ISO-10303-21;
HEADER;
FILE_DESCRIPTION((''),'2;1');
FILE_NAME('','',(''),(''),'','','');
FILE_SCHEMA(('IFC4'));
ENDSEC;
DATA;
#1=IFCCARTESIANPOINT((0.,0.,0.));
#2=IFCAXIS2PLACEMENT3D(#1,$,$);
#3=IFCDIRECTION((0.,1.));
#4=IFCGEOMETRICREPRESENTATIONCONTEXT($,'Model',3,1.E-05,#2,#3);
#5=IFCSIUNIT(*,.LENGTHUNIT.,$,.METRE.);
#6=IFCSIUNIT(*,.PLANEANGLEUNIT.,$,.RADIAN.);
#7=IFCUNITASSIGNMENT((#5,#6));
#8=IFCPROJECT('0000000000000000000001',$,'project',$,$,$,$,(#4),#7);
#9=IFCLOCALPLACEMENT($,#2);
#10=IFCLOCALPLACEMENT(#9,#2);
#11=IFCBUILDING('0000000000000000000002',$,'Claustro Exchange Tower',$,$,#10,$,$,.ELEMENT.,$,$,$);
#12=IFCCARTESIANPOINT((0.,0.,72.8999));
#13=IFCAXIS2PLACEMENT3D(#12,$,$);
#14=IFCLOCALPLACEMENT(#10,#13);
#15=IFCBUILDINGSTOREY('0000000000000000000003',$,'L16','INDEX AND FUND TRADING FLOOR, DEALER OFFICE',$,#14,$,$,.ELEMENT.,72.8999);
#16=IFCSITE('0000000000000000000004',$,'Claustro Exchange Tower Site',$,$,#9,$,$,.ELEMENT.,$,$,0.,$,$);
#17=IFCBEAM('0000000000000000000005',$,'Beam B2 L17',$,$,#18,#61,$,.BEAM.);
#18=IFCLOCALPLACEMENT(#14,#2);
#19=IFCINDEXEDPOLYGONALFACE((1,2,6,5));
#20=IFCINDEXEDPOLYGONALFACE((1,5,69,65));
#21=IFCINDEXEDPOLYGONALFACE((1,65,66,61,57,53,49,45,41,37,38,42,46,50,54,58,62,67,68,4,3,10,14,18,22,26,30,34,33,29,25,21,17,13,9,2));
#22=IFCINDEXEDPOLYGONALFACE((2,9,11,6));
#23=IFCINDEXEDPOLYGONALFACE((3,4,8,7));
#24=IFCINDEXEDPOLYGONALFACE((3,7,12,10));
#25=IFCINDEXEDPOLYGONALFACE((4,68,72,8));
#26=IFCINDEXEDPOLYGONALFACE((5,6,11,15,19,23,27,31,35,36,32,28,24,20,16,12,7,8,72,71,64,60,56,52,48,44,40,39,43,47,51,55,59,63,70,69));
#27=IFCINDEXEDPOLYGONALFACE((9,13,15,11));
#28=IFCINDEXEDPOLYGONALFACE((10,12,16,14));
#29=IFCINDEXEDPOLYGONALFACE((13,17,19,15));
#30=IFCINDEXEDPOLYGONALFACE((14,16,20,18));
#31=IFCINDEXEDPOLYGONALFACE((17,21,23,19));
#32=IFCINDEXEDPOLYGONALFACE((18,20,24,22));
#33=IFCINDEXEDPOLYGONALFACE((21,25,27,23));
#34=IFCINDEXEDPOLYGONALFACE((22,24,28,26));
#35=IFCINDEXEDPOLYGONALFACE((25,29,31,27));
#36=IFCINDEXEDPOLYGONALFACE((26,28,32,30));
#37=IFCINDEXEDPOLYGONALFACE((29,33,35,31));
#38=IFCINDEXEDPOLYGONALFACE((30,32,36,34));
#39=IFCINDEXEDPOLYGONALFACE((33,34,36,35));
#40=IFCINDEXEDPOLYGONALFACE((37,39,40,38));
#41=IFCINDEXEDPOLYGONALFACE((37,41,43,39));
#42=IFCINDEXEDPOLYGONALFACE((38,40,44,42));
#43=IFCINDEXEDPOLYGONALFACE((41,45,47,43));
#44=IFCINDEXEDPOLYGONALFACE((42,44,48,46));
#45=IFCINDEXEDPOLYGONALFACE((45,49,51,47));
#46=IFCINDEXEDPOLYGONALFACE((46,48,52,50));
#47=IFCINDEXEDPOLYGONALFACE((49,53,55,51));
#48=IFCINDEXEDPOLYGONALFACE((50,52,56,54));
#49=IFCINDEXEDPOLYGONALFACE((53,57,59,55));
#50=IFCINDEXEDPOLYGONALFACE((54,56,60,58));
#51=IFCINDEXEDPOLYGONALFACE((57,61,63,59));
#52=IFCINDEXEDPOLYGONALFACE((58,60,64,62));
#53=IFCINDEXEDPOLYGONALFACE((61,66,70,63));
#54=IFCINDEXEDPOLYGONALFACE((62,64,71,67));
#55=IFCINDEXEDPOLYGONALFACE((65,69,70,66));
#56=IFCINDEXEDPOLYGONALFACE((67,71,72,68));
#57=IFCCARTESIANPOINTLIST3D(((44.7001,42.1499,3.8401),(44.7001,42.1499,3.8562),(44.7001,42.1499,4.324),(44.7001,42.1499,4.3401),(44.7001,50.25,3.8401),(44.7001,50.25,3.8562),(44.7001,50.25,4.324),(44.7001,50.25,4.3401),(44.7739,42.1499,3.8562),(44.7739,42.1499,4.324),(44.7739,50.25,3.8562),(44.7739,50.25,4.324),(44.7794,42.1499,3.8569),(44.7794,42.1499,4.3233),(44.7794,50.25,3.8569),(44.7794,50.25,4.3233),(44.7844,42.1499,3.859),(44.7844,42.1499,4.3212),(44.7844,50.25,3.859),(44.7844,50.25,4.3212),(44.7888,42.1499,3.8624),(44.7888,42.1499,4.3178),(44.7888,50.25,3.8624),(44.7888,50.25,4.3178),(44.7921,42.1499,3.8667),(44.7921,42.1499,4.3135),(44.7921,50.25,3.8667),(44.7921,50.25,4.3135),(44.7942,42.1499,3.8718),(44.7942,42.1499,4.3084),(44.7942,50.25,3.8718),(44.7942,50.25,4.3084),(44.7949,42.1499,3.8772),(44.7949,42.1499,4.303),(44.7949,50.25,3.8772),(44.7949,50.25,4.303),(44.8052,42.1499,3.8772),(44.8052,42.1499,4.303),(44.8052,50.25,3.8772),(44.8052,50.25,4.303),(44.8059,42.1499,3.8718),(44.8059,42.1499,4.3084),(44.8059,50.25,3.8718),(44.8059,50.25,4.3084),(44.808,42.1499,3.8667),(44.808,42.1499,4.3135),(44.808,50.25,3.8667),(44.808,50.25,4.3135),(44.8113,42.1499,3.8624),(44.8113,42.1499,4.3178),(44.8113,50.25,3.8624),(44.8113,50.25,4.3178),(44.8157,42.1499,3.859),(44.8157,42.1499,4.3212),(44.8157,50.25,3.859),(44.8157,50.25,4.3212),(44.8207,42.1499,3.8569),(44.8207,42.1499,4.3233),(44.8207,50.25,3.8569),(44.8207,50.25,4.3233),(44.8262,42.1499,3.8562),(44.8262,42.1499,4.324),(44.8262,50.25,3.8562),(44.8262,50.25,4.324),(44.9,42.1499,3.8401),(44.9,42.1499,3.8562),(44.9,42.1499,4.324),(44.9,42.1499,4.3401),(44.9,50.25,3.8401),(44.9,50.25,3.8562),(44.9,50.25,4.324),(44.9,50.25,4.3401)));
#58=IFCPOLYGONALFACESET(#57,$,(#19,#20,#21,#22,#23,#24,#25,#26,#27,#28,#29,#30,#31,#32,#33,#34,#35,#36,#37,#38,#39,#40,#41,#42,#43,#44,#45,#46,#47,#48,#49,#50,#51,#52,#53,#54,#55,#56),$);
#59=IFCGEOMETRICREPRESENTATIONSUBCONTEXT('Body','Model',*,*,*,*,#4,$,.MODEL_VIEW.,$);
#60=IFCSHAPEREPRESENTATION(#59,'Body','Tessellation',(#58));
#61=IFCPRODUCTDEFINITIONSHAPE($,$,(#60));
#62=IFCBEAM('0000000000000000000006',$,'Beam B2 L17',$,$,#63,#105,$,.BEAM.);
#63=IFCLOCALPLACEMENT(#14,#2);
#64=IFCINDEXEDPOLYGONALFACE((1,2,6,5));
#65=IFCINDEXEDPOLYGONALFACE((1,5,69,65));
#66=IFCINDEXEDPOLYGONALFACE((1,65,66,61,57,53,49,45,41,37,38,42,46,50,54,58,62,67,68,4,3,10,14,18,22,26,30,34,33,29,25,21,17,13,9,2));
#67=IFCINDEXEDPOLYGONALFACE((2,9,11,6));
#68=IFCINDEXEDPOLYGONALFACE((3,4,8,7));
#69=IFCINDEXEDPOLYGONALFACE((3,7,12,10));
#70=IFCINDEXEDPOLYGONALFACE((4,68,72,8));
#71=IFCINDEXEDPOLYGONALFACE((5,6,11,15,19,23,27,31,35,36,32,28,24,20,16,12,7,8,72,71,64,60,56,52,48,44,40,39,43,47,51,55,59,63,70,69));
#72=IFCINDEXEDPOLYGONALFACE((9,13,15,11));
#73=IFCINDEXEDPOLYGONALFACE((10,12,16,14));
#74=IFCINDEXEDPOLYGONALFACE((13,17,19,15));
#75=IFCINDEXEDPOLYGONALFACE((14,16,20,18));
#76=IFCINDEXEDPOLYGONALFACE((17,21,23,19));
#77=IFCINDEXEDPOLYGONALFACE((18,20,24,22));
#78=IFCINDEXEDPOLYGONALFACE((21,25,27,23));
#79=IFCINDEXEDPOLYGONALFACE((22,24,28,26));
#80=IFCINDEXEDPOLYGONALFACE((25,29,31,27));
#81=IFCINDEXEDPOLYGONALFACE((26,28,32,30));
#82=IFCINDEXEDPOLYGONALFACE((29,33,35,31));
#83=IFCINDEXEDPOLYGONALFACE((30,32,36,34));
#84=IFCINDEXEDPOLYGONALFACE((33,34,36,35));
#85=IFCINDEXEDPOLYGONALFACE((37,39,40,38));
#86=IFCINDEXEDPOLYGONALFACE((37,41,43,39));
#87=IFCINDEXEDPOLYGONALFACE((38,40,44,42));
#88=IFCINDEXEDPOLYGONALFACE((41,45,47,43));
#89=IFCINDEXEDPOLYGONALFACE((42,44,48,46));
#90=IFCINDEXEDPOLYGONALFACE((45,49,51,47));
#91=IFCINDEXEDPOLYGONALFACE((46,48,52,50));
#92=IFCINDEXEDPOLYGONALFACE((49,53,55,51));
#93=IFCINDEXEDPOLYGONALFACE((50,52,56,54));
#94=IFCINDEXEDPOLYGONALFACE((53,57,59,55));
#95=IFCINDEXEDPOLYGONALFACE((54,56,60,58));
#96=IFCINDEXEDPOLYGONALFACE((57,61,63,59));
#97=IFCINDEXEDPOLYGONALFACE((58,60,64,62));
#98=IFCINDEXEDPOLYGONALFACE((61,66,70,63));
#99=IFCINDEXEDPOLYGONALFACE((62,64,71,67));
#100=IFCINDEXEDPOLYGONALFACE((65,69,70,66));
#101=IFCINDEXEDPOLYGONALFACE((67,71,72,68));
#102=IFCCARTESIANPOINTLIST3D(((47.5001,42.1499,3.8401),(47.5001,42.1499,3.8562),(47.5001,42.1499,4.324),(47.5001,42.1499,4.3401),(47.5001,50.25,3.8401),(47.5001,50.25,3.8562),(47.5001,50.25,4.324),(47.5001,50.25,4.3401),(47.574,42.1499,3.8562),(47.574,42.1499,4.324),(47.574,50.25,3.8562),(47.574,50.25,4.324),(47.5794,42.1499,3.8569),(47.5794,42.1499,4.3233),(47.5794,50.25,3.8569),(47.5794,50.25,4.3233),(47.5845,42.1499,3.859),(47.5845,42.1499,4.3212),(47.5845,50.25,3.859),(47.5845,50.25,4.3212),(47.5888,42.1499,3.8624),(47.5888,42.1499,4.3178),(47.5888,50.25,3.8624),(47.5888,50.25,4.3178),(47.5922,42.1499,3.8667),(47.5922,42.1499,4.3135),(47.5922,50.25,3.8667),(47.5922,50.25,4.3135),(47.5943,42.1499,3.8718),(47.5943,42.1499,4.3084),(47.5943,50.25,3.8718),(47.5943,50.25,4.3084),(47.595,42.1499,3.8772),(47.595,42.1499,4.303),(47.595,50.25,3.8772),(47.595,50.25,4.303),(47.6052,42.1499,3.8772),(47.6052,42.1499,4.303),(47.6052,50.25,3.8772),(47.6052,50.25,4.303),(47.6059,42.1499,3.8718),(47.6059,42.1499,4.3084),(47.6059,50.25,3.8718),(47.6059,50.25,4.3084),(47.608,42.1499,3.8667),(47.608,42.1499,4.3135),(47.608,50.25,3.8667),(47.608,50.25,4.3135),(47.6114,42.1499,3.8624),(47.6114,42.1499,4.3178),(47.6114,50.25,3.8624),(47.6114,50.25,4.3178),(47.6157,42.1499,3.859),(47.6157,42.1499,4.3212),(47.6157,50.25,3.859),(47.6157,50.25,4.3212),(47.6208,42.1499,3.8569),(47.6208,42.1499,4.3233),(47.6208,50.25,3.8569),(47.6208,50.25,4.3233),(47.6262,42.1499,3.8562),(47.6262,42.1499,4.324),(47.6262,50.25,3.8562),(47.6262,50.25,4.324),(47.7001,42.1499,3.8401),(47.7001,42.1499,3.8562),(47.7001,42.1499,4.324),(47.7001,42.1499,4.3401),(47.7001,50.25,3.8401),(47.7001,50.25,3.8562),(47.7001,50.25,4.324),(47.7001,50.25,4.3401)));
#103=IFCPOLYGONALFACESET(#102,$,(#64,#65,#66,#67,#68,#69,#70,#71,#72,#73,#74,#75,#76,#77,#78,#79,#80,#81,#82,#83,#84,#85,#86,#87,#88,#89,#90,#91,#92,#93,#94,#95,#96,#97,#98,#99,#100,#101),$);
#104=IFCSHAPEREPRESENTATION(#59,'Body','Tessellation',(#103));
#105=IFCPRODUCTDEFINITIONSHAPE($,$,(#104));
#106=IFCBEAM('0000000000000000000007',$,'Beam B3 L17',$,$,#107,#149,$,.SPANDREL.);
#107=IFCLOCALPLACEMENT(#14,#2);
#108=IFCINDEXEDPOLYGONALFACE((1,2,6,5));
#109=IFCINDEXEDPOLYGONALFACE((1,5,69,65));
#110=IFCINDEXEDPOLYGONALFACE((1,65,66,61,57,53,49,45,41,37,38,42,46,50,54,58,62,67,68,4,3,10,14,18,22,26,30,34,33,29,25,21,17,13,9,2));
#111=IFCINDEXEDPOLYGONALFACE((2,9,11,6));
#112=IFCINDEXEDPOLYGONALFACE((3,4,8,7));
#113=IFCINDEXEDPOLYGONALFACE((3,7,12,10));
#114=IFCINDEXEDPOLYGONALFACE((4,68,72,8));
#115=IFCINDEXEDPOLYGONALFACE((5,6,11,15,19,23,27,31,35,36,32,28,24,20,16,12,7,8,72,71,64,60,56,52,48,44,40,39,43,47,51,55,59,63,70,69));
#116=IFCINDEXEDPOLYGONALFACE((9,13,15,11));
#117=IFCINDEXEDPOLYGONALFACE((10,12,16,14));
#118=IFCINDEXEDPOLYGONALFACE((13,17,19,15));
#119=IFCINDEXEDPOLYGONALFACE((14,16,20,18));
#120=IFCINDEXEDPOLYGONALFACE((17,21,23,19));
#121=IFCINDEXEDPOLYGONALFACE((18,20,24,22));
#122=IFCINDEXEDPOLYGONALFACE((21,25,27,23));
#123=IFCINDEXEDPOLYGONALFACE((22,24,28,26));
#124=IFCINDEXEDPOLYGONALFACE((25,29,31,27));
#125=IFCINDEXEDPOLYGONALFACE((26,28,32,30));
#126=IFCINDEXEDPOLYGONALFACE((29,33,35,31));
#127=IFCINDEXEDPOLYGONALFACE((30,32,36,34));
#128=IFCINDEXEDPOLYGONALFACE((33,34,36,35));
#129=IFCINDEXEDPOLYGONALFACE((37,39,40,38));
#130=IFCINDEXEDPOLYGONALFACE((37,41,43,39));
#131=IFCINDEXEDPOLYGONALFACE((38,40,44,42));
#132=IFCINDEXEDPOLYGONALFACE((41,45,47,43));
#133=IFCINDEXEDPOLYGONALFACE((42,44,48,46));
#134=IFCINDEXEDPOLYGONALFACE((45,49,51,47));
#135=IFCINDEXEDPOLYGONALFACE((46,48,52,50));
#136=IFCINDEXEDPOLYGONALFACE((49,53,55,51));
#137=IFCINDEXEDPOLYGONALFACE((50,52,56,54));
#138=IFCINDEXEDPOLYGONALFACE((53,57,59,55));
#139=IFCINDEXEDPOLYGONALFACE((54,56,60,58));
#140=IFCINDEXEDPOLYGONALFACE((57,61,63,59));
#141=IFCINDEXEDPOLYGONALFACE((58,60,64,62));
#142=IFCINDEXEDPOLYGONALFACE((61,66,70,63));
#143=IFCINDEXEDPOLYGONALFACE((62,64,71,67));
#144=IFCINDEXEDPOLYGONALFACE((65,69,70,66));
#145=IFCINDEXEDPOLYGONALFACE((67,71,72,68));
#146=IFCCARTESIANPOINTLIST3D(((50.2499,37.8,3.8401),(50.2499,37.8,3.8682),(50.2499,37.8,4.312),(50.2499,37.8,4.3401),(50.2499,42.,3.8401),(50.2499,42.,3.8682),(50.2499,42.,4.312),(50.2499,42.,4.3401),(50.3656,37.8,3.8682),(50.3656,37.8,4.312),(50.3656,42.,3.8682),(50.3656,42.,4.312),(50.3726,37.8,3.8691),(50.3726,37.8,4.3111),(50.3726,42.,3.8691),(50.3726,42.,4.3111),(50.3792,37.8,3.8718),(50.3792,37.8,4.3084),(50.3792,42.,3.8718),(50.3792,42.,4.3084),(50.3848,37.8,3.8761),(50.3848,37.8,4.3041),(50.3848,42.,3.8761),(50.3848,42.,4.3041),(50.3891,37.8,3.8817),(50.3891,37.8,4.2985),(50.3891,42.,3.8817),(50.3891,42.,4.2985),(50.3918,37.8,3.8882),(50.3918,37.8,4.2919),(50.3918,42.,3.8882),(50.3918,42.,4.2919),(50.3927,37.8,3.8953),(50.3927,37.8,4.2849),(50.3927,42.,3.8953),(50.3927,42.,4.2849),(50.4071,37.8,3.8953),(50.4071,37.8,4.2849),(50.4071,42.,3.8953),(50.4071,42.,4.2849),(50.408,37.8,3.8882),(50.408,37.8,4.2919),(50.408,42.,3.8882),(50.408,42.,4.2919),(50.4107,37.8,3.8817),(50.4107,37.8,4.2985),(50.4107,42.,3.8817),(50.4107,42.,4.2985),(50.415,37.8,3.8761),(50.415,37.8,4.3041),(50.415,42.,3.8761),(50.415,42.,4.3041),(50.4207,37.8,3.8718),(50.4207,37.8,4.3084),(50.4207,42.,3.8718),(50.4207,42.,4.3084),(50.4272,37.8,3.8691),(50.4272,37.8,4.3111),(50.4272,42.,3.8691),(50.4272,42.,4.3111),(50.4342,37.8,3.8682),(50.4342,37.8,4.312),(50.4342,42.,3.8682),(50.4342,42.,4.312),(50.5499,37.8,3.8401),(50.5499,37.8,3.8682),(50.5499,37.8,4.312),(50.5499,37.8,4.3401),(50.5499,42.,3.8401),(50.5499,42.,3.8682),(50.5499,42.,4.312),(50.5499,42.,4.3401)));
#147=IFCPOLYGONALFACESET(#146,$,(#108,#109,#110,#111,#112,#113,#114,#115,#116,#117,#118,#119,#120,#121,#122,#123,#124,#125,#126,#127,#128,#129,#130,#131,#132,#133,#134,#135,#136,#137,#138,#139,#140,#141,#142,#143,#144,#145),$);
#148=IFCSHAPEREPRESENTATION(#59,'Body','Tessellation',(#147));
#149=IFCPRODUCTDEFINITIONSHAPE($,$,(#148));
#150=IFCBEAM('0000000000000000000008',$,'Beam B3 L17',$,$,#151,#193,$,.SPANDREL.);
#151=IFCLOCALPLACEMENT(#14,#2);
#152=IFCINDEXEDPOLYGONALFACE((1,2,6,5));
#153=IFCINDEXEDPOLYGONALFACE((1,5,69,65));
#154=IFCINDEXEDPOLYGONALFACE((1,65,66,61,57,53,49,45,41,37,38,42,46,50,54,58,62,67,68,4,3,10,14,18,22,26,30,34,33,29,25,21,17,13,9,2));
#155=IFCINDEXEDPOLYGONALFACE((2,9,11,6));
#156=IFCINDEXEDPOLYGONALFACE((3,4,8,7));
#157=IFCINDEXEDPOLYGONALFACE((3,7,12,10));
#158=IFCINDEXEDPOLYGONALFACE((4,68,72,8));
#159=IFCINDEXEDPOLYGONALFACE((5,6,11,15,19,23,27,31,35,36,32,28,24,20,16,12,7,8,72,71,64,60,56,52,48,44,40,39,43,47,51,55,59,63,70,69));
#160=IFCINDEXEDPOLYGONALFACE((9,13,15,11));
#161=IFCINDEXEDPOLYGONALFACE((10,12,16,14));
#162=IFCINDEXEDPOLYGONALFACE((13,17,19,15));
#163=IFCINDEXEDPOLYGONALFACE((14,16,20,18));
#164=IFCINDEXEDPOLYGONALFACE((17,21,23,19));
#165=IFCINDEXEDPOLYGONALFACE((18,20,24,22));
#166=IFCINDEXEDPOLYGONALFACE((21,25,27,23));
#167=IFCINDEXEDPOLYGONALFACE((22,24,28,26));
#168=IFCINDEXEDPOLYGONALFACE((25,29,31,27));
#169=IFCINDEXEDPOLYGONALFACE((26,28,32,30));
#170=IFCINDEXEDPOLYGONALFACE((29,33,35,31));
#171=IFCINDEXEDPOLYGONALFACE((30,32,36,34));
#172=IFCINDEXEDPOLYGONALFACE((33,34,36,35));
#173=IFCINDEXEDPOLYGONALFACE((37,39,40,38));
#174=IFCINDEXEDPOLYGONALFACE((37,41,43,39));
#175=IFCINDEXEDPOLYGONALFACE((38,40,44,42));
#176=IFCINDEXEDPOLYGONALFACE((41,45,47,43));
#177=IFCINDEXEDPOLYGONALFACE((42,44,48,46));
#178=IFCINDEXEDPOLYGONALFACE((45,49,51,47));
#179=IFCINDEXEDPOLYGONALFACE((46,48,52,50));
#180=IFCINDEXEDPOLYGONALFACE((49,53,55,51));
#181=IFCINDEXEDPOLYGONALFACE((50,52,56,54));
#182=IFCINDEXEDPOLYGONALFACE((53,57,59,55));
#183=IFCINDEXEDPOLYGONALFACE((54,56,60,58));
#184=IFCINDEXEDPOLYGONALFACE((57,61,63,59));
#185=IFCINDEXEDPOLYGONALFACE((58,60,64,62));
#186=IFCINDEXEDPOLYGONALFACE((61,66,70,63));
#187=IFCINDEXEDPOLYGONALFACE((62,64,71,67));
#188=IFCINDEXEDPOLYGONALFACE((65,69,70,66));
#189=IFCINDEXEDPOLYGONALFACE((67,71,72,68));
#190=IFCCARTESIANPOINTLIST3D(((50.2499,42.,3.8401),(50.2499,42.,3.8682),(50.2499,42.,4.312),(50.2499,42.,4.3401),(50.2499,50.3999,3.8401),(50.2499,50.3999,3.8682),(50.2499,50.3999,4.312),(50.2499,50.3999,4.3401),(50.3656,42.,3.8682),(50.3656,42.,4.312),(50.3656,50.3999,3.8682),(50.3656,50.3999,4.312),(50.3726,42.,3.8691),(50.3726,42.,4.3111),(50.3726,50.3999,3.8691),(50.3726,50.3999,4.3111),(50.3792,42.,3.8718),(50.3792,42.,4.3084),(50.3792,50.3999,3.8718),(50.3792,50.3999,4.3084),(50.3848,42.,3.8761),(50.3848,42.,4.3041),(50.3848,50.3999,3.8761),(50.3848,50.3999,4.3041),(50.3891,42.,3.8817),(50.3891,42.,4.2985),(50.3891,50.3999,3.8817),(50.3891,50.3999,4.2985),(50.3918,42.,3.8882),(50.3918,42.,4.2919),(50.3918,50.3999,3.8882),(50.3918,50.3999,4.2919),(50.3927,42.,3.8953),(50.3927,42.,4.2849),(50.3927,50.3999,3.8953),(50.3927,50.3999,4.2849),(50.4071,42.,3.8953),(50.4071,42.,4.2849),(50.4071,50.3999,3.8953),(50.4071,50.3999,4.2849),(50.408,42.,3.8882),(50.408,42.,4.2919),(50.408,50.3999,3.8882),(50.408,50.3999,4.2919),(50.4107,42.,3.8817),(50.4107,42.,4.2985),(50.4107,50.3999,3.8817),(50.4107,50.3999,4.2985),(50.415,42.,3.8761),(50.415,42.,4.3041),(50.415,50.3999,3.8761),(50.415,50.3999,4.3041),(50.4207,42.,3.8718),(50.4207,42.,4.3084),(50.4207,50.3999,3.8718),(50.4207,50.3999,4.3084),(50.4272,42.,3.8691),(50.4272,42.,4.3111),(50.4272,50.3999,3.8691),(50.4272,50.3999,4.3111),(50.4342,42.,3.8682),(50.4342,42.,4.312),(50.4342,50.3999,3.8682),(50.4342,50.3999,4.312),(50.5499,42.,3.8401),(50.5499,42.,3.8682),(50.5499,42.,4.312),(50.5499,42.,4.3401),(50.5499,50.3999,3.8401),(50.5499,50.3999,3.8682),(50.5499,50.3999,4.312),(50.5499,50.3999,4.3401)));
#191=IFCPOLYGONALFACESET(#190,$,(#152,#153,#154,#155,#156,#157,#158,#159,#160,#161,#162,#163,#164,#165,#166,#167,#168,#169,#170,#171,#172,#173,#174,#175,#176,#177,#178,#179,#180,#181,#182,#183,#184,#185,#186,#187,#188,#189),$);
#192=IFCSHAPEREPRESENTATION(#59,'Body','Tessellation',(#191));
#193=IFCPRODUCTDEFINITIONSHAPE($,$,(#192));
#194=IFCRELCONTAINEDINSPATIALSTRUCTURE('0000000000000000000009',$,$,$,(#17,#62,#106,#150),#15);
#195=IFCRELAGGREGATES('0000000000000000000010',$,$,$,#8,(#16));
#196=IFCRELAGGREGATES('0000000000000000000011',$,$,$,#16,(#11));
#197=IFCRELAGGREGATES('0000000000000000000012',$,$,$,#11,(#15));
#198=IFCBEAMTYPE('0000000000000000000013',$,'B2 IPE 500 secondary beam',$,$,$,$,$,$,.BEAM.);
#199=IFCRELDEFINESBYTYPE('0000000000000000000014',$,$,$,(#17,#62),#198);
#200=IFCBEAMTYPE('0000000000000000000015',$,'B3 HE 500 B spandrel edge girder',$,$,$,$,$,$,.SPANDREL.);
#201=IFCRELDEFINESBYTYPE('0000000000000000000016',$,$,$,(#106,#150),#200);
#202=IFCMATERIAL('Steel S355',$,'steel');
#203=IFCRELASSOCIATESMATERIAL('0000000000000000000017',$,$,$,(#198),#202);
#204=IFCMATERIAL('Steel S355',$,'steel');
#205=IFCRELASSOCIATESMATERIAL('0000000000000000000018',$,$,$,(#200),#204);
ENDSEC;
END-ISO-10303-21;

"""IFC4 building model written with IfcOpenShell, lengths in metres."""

from ifc_helpers import new_model, si_unit, direction, frame, origin, origin_2d, place, context, subcontext, project, spatial, i_section, extrude, material, material_profile, profile_set, type_object, element, save


model = new_model("IFC4")

# Units and contexts
model_context = context("Model", 3, precision=1e-05, world=origin(), true_north=direction((0.0, 1.0)))
body_context = subcontext(model_context, "Body", "Model", "MODEL_VIEW")
ifc_project = project(units=[si_unit("LENGTHUNIT", "METRE"), si_unit("PLANEANGLEUNIT", "RADIAN")], contexts=[model_context])

# Site, building, storey
site_placement = place(None, origin())
site = spatial("IfcSite", under=ifc_project, at=site_placement, Name="Claustro Exchange Tower Site", CompositionType="ELEMENT", RefElevation=0.0)
building_placement = place(site_placement, origin())
building = spatial("IfcBuilding", under=site, at=building_placement, Name="Claustro Exchange Tower", CompositionType="ELEMENT")
storey_placement = place(building_placement, frame((0.0, 0.0, 72.8999)))
storey = spatial("IfcBuildingStorey", under=building, at=storey_placement, Name="L16", Description="INDEX AND FUND TRADING FLOOR, DEALER OFFICE", CompositionType="ELEMENT", Elevation=72.8999)

# Beams
ifc_material_1 = material(Name="Steel S355", Category="steel")
ifc_material_profile_1 = material_profile(ifc_material_1, i_section(OverallWidth=0.2, OverallDepth=0.5, WebThickness=0.0103, FlangeThickness=0.0161, FilletRadius=0.021, at=origin_2d()), Name="IPE 500")
ifc_profile_set_1 = profile_set([ifc_material_profile_1], Name="Steel S355")
beam_type_1 = type_object("IfcBeamType", Name="B2 IPE 500 secondary beam", PredefinedType="BEAM", material=ifc_profile_set_1)
for number, where, z_axis, x_axis, name in (
    (1, (44.8, 42.1499, 4.0901), (0.0, 1.0, 0.0), (-1.0, 0.0, 0.0), "Beam B2 L17"),
    (2, (47.6001, 42.1499, 4.0901), (0.0, 1.0, 0.0), (-1.0, 0.0, 0.0), "Beam B2 L17"),
):
    element("IfcBeam", number, at=place(storey_placement, frame(where, z_axis=z_axis, x_axis=x_axis)), inside=storey, type_object=beam_type_1, Name=name, PredefinedType="BEAM", context=body_context, shape_type="SweptSolid", body=[
        extrude(i_section(OverallWidth=0.2, OverallDepth=0.5, WebThickness=0.0103, FlangeThickness=0.0161, FilletRadius=0.021, at=origin_2d()), origin(), (0.0, 0.0, 1.0), 8.1001),
    ])
ifc_material_2 = material(Name="Steel S355", Category="steel")
ifc_material_profile_2 = material_profile(ifc_material_2, i_section(OverallWidth=0.3, OverallDepth=0.5, WebThickness=0.0144, FlangeThickness=0.0281, FilletRadius=0.0271, at=origin_2d()), Name="HE 500 B")
ifc_profile_set_2 = profile_set([ifc_material_profile_2], Name="Steel S355")
beam_type_2 = type_object("IfcBeamType", Name="B3 HE 500 B spandrel edge girder", PredefinedType="SPANDREL", material=ifc_profile_set_2)
beam_placement = place(storey_placement, frame((50.3999, 37.8, 4.0901), z_axis=(0.0, 1.0, 0.0), x_axis=(-1.0, 0.0, 0.0)))
element("IfcBeam", 3, at=beam_placement, inside=storey, type_object=beam_type_2, Name="Beam B3 L17", PredefinedType="SPANDREL", context=body_context, shape_type="SweptSolid", body=[
    extrude(i_section(OverallWidth=0.3, OverallDepth=0.5, WebThickness=0.0144, FlangeThickness=0.0281, FilletRadius=0.0271, at=origin_2d()), origin(), (0.0, 0.0, 1.0), 4.2),
])
for number, where, z_axis, x_axis, name in (
    (4, (50.3999, 42.0, 4.0901), (0.0, 1.0, 0.0), (-1.0, 0.0, 0.0), "Beam B3 L17"),
):
    element("IfcBeam", number, at=place(storey_placement, frame(where, z_axis=z_axis, x_axis=x_axis)), inside=storey, type_object=beam_type_2, Name=name, PredefinedType="SPANDREL", context=body_context, shape_type="SweptSolid", body=[
        extrude(i_section(OverallWidth=0.3, OverallDepth=0.5, WebThickness=0.0144, FlangeThickness=0.0281, FilletRadius=0.0271, at=origin_2d()), origin(), (0.0, 0.0, 1.0), 8.3999),
    ])

save(model, "model.ifc")
